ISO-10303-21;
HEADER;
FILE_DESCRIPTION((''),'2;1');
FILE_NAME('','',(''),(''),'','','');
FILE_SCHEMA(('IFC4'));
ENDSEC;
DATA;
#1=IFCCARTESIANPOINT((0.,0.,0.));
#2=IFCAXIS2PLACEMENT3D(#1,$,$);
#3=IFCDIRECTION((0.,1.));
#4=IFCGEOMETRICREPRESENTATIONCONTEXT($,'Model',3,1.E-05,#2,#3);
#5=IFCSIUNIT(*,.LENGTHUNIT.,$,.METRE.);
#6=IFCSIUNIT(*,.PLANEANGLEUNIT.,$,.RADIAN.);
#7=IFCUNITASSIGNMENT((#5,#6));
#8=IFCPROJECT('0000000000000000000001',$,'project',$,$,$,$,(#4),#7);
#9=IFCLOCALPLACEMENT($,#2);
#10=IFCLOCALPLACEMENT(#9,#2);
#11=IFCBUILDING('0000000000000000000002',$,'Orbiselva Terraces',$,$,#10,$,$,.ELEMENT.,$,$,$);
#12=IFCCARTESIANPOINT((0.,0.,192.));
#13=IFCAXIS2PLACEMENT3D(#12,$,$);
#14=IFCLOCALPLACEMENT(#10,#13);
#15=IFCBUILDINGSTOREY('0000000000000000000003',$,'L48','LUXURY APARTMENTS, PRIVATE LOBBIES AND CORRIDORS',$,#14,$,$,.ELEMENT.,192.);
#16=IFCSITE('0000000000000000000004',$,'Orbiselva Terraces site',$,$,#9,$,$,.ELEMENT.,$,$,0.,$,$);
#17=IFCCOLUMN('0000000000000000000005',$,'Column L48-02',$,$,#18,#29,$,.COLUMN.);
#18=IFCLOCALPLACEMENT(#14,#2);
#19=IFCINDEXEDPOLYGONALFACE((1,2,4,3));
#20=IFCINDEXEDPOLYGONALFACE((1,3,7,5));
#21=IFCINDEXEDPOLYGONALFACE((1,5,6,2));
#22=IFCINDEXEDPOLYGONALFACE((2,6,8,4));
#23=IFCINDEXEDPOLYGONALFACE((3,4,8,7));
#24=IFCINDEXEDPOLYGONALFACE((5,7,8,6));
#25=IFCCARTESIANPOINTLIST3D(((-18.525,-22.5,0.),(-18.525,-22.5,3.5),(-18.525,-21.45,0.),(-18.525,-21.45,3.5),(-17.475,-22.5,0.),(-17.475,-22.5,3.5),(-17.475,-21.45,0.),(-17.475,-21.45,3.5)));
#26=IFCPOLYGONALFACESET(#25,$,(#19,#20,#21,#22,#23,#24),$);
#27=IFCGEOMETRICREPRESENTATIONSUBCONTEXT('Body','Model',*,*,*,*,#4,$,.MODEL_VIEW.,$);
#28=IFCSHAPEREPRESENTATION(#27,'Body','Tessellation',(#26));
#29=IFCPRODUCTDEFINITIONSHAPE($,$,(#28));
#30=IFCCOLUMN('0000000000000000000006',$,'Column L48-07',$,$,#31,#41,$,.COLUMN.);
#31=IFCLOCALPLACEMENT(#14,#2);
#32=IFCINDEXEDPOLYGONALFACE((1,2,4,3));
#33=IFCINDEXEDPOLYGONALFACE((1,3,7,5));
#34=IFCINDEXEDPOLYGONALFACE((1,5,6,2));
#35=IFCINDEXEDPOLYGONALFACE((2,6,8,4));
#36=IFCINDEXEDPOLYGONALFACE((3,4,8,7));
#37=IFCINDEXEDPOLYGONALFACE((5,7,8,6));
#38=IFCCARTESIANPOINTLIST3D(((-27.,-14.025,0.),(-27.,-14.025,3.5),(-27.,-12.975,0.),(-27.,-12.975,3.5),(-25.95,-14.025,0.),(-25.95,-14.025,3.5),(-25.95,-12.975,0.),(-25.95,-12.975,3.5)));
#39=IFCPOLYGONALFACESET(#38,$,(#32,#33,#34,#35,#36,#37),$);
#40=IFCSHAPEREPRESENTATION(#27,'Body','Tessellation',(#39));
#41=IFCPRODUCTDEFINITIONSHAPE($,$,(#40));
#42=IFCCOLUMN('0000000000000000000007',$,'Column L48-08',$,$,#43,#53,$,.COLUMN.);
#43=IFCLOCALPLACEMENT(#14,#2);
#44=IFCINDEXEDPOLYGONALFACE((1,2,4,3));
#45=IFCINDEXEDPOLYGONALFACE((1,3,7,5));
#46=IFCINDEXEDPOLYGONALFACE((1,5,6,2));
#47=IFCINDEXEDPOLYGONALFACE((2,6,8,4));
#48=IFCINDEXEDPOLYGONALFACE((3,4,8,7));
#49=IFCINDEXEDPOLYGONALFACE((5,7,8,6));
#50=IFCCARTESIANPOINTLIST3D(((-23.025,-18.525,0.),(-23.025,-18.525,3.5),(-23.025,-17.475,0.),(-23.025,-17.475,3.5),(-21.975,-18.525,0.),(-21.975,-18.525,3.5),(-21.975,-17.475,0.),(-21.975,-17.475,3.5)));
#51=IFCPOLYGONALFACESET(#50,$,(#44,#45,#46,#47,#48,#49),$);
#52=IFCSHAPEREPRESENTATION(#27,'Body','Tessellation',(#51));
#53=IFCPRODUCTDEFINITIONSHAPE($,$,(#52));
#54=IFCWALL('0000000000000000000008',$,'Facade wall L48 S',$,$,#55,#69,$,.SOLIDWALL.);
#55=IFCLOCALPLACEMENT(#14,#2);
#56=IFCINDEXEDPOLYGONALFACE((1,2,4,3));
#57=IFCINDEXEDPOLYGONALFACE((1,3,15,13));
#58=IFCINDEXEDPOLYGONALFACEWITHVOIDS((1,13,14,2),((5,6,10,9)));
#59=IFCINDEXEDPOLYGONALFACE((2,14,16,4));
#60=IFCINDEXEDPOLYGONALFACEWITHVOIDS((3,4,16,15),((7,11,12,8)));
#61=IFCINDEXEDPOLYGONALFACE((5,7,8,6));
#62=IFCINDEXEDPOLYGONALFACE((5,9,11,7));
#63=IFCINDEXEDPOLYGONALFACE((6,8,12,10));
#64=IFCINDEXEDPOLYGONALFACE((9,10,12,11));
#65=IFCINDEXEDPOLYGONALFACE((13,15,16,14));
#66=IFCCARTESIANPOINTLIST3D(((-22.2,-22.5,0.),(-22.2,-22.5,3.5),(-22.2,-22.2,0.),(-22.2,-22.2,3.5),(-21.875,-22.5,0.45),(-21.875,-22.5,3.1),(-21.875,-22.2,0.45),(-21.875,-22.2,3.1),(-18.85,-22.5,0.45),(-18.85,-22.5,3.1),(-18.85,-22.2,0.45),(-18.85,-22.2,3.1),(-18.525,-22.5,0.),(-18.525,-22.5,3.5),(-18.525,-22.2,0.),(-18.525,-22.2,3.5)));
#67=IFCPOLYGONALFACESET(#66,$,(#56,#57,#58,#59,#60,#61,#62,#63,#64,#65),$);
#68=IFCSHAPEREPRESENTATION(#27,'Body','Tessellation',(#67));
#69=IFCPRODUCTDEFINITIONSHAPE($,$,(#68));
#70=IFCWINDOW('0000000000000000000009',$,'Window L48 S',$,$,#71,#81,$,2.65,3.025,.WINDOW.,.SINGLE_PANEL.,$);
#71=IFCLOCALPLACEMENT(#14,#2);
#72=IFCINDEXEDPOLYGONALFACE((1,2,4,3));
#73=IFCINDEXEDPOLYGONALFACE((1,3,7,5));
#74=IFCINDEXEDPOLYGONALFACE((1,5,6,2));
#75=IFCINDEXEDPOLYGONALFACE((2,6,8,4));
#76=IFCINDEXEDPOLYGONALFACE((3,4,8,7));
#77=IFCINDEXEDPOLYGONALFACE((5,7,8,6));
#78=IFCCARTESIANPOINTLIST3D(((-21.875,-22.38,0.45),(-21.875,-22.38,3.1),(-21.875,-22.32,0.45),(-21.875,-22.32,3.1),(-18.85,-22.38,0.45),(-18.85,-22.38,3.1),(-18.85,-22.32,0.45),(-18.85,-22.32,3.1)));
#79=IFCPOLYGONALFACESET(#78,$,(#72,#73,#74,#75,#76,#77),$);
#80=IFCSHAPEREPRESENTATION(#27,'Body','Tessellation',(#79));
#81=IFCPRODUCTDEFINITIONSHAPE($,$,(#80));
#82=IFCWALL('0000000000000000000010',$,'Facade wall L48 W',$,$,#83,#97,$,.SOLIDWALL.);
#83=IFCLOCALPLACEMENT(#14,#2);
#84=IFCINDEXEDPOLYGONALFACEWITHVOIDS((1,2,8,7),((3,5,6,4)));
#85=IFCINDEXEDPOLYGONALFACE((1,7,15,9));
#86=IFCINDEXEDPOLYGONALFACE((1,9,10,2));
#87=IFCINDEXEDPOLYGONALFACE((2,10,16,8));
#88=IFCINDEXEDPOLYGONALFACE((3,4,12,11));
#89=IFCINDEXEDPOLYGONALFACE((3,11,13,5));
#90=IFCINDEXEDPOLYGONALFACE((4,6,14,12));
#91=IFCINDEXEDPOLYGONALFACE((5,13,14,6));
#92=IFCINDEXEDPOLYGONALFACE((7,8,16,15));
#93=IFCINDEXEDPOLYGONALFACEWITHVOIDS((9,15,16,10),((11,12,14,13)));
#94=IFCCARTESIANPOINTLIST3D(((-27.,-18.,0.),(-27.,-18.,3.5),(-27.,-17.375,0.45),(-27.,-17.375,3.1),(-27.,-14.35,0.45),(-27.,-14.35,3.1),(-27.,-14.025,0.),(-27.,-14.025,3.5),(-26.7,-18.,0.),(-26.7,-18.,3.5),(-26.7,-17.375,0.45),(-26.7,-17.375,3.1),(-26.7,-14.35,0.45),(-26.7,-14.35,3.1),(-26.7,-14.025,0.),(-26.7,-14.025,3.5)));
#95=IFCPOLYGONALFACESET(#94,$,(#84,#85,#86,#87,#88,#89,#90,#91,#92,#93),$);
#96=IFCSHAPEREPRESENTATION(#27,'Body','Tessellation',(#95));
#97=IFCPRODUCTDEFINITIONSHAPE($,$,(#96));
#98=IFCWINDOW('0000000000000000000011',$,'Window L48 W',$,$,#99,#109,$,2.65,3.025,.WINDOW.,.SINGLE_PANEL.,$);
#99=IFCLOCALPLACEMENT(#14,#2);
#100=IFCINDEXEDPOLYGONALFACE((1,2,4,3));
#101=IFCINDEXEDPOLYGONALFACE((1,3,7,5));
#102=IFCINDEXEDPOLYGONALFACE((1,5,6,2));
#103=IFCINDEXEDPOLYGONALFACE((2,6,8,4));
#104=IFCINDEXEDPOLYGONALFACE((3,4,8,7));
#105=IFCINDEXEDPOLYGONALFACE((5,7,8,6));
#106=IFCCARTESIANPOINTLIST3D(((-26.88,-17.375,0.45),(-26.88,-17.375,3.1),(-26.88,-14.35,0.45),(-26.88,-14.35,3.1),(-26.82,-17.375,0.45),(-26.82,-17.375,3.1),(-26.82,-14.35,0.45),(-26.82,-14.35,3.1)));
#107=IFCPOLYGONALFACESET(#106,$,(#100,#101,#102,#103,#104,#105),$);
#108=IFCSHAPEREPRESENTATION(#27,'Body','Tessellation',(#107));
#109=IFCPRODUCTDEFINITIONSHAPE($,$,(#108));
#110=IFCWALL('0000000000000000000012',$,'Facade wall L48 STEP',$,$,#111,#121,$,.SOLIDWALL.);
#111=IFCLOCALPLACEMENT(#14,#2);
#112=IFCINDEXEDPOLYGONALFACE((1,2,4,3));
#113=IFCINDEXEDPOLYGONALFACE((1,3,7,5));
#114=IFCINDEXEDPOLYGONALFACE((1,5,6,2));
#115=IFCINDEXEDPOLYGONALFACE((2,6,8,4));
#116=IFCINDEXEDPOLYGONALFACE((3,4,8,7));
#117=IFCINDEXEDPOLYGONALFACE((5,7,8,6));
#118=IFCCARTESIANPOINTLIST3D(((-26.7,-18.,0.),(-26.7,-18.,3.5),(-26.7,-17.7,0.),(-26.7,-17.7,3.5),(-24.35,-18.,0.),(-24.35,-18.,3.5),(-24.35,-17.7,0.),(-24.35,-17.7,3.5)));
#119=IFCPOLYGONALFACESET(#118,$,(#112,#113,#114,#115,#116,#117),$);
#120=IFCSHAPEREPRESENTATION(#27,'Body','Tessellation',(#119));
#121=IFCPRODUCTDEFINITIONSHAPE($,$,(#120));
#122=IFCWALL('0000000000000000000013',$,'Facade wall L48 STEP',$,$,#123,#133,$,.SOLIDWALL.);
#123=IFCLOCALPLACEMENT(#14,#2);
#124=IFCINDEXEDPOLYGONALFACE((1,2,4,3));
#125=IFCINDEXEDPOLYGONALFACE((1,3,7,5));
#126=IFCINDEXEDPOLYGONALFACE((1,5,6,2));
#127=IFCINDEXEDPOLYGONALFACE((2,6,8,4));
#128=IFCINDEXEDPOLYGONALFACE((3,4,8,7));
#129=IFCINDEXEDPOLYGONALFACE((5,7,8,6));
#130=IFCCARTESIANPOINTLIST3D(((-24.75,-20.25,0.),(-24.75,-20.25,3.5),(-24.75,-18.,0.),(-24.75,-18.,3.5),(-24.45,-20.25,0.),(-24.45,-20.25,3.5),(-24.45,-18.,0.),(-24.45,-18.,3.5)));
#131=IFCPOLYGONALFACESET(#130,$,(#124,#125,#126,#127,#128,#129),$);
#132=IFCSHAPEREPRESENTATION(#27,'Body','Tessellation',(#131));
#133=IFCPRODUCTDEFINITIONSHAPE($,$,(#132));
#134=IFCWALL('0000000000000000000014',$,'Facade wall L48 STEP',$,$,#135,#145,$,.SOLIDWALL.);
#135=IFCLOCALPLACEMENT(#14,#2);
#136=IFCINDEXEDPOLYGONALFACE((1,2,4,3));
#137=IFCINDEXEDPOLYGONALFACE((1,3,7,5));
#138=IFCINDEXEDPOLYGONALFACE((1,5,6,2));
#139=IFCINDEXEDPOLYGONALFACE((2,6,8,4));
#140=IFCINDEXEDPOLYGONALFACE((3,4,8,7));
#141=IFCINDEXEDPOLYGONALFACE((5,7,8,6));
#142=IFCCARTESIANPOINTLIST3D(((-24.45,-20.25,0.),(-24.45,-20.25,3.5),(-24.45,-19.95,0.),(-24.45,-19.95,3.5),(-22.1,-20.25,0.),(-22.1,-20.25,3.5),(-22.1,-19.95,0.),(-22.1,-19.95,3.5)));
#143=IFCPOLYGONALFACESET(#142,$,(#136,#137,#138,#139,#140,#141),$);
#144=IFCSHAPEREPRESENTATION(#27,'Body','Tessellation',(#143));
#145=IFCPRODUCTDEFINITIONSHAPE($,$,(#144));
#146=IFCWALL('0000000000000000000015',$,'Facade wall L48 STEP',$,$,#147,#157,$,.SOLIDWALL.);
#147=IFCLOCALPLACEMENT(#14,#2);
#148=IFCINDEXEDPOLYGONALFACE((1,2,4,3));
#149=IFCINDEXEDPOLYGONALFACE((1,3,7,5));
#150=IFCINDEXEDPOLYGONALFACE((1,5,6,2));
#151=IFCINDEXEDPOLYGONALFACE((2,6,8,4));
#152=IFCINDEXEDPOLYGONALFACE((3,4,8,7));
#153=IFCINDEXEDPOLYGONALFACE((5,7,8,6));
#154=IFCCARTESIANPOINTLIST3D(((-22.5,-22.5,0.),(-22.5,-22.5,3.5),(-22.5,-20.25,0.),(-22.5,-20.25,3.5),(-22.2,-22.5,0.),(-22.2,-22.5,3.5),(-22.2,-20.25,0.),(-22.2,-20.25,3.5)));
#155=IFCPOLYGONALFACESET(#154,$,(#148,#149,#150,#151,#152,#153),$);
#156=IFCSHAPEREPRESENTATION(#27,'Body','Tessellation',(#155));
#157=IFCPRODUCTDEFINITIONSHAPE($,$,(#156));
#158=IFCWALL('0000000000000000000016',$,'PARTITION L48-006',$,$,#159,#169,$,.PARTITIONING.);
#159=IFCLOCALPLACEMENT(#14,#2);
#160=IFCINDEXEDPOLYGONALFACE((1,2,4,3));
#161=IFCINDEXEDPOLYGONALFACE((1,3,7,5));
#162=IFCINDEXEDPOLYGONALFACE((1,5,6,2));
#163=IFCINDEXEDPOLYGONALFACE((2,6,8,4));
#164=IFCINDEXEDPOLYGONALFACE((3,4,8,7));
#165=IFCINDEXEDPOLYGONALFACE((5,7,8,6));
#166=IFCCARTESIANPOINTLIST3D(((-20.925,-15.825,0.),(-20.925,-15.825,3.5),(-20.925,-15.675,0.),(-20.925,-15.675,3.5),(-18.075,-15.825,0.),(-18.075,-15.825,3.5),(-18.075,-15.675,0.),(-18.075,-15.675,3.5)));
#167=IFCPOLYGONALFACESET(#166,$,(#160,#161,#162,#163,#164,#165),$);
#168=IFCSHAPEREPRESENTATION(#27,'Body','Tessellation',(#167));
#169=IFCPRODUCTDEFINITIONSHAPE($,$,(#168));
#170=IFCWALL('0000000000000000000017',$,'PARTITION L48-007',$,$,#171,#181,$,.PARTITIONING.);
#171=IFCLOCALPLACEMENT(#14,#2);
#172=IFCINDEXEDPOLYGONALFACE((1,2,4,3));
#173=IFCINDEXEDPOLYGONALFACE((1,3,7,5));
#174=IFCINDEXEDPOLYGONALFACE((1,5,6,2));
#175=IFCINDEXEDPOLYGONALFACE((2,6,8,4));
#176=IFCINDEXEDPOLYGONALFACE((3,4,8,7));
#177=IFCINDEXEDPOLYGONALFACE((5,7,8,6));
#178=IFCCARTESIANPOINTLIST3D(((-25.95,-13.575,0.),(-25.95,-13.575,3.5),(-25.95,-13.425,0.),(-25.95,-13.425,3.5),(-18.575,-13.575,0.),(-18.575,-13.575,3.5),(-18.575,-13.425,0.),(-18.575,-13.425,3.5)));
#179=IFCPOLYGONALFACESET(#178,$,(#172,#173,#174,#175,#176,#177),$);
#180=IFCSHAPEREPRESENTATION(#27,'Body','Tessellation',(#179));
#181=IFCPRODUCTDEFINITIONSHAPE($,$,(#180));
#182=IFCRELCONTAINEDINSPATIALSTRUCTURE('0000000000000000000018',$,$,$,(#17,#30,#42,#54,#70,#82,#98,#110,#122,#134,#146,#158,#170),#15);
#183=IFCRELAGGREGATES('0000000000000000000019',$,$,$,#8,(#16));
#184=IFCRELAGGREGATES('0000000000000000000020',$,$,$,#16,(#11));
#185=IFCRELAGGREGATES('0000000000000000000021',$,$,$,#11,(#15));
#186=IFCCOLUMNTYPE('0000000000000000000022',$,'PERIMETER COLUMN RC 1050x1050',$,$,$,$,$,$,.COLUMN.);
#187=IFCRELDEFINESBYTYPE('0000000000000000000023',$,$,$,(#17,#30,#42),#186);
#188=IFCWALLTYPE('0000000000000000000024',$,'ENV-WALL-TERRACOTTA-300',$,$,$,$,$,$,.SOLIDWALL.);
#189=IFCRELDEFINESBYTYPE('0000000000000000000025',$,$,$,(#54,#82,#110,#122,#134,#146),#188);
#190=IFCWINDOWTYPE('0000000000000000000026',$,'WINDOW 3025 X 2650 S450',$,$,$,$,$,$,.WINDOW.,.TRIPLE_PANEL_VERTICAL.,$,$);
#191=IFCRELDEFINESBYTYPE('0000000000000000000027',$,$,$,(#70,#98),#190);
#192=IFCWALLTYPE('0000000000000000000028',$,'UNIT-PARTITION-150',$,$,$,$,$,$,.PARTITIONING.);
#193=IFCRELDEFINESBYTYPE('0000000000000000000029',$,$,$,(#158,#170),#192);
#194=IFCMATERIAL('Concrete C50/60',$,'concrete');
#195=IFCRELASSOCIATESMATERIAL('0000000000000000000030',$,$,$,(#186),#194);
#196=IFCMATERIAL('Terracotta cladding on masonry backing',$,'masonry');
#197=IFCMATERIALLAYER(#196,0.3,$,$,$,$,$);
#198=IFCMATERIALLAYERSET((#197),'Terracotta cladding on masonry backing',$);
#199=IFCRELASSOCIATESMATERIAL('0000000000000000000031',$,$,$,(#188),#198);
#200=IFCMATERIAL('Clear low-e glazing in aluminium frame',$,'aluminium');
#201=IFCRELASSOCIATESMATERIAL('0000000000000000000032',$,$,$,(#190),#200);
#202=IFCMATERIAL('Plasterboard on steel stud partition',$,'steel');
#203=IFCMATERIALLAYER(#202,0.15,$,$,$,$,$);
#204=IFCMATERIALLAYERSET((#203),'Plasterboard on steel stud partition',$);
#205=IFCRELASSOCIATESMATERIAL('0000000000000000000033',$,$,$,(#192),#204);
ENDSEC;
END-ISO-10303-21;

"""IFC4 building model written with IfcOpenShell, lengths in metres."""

from ifc_helpers import new_model, si_unit, direction, frame, frame_2d, origin, origin_2d, place, context, subcontext, project, spatial, rectangle, extrude, material, layer, layer_set, material_profile, profile_set, type_object, element, fill, save


model = new_model("IFC4")

# Units and contexts
model_context = context("Model", 3, precision=1e-05, world=origin(), true_north=direction((0.0, 1.0)))
body_context = subcontext(model_context, "Body", "Model", "MODEL_VIEW")
ifc_project = project(units=[si_unit("LENGTHUNIT", "METRE"), si_unit("PLANEANGLEUNIT", "RADIAN")], contexts=[model_context])

# Site, building, storey
site_placement = place(None, origin())
site = spatial("IfcSite", under=ifc_project, at=site_placement, Name="Orbiselva Terraces site", CompositionType="ELEMENT", RefElevation=0.0)
building_placement = place(site_placement, origin())
building = spatial("IfcBuilding", under=site, at=building_placement, Name="Orbiselva Terraces", CompositionType="ELEMENT")
storey_placement = place(building_placement, frame((0.0, 0.0, 192.0)))
storey = spatial("IfcBuildingStorey", under=building, at=storey_placement, Name="L48", Description="LUXURY APARTMENTS, PRIVATE LOBBIES AND CORRIDORS", CompositionType="ELEMENT", Elevation=192.0)

# Columns
ifc_material_1 = material(Name="Concrete C50/60", Category="concrete")
ifc_material_profile = material_profile(ifc_material_1, rectangle(XDim=1.05, YDim=1.05, at=origin_2d()), Name="RC 1050x1050")
ifc_profile_set = profile_set([ifc_material_profile], Name="Concrete C50/60")
column_type = type_object("IfcColumnType", Name="PERIMETER COLUMN RC 1050x1050", PredefinedType="COLUMN", material=ifc_profile_set)
for number, where, z_axis, x_axis, name in (
    (1, (-18.0, -21.975, 0.0), (0.0, 0.0, 1.0), (1.0, 0.0, 0.0), "Column L48-02"),
    (2, (-26.475, -13.5, 0.0), (0.0, 0.0, 1.0), (1.0, 0.0, 0.0), "Column L48-07"),
    (3, (-22.5, -18.0, 0.0), (0.0, 0.0, 1.0), (1.0, 0.0, 0.0), "Column L48-08"),
):
    element("IfcColumn", number, at=place(storey_placement, frame(where, z_axis=z_axis, x_axis=x_axis)), inside=storey, type_object=column_type, Name=name, PredefinedType="COLUMN", context=body_context, shape_type="SweptSolid", body=[
        extrude(rectangle(XDim=1.05, YDim=1.05, at=origin_2d()), origin(), (0.0, 0.0, 1.0), 3.5),
    ])

# Walls, openings, windows
ifc_material_2 = material(Name="Terracotta cladding on masonry backing", Category="masonry")
ifc_layer_1 = layer(ifc_material_2, 0.3)
ifc_layer_set_1 = layer_set([ifc_layer_1], Name="Terracotta cladding on masonry backing")
wall_type_1 = type_object("IfcWallType", Name="ENV-WALL-TERRACOTTA-300", PredefinedType="SOLIDWALL", material=ifc_layer_set_1)
wall_1_placement = place(storey_placement, frame((-18.525, -22.35, 0.0), z_axis=(0.0, 0.0, 1.0), x_axis=(-1.0, 0.0, 0.0)))
wall_1 = element("IfcWall", 4, at=wall_1_placement, inside=storey, type_object=wall_type_1, Name="Facade wall L48 S", PredefinedType="SOLIDWALL", context=body_context, shape_type="SweptSolid", body=[
    extrude(rectangle(XDim=3.675, YDim=0.3, at=frame_2d((1.8375, 0.0))), origin(), (0.0, 0.0, 1.0), 3.5),
])
opening_1_placement = place(wall_1_placement, frame((0.325, 0.0, 0.45)))
opening_1 = element("IfcOpeningElement", 5, at=opening_1_placement, cuts=wall_1, PredefinedType="OPENING", context=body_context, shape_type="SweptSolid", body=[
    extrude(rectangle(XDim=3.025, YDim=2.65, at=frame_2d((1.5125, 1.325))), frame((0.0, 0.16, 0.0), z_axis=(0.0, -1.0, 0.0), x_axis=(1.0, 0.0, 0.0)), (0.0, 0.0, 1.0), 0.32),
])
ifc_material_3 = material(Name="Clear low-e glazing in aluminium frame", Category="aluminium")
window_type = type_object("IfcWindowType", Name="WINDOW 3025 X 2650 S450", PartitioningType="TRIPLE_PANEL_VERTICAL", PredefinedType="WINDOW", material=ifc_material_3)
window_1_placement = place(opening_1_placement, origin())
window_1 = element("IfcWindow", 6, at=window_1_placement, inside=storey, type_object=window_type, Name="Window L48 S", OverallHeight=2.65, OverallWidth=3.025, PartitioningType="SINGLE_PANEL", PredefinedType="WINDOW", context=body_context, shape_type="SweptSolid", body=[
    extrude(rectangle(XDim=3.025, YDim=2.65, at=frame_2d((1.5125, 1.325))), frame((0.0, 0.03, 0.0), z_axis=(0.0, -1.0, 0.0), x_axis=(1.0, 0.0, 0.0)), (0.0, 0.0, 1.0), 0.06),
])
fill(opening_1, window_1)
wall_2_placement = place(storey_placement, frame((-26.85, -18.0, 0.0), z_axis=(0.0, 0.0, 1.0), x_axis=(0.0, 1.0, 0.0)))
wall_2 = element("IfcWall", 7, at=wall_2_placement, inside=storey, type_object=wall_type_1, Name="Facade wall L48 W", PredefinedType="SOLIDWALL", context=body_context, shape_type="SweptSolid", body=[
    extrude(rectangle(XDim=3.975, YDim=0.3, at=frame_2d((1.9875, 0.0))), origin(), (0.0, 0.0, 1.0), 3.5),
])
opening_2_placement = place(wall_2_placement, frame((0.625, 0.0, 0.45)))
opening_2 = element("IfcOpeningElement", 8, at=opening_2_placement, cuts=wall_2, PredefinedType="OPENING", context=body_context, shape_type="SweptSolid", body=[
    extrude(rectangle(XDim=3.025, YDim=2.65, at=frame_2d((1.5125, 1.325))), frame((0.0, 0.16, 0.0), z_axis=(0.0, -1.0, 0.0), x_axis=(1.0, 0.0, 0.0)), (0.0, 0.0, 1.0), 0.32),
])
window_2_placement = place(opening_2_placement, origin())
window_2 = element("IfcWindow", 9, at=window_2_placement, inside=storey, type_object=window_type, Name="Window L48 W", OverallHeight=2.65, OverallWidth=3.025, PartitioningType="SINGLE_PANEL", PredefinedType="WINDOW", context=body_context, shape_type="SweptSolid", body=[
    extrude(rectangle(XDim=3.025, YDim=2.65, at=frame_2d((1.5125, 1.325))), frame((0.0, 0.03, 0.0), z_axis=(0.0, -1.0, 0.0), x_axis=(1.0, 0.0, 0.0)), (0.0, 0.0, 1.0), 0.06),
])
fill(opening_2, window_2)

# Walls
wall_3_placement = place(storey_placement, frame((-24.35, -17.85, 0.0), z_axis=(0.0, 0.0, 1.0), x_axis=(-1.0, 0.0, 0.0)))
element("IfcWall", 10, at=wall_3_placement, inside=storey, type_object=wall_type_1, Name="Facade wall L48 STEP", PredefinedType="SOLIDWALL", context=body_context, shape_type="SweptSolid", body=[
    extrude(rectangle(XDim=2.35, YDim=0.3, at=frame_2d((1.175, 0.0))), origin(), (0.0, 0.0, 1.0), 3.5),
])
wall_4_placement = place(storey_placement, frame((-24.6, -20.25, 0.0), z_axis=(0.0, 0.0, 1.0), x_axis=(0.0, 1.0, 0.0)))
element("IfcWall", 11, at=wall_4_placement, inside=storey, type_object=wall_type_1, Name="Facade wall L48 STEP", PredefinedType="SOLIDWALL", context=body_context, shape_type="SweptSolid", body=[
    extrude(rectangle(XDim=2.25, YDim=0.3, at=frame_2d((1.125, 0.0))), origin(), (0.0, 0.0, 1.0), 3.5),
])
wall_5_placement = place(storey_placement, frame((-22.1, -20.1, 0.0), z_axis=(0.0, 0.0, 1.0), x_axis=(-1.0, 0.0, 0.0)))
element("IfcWall", 12, at=wall_5_placement, inside=storey, type_object=wall_type_1, Name="Facade wall L48 STEP", PredefinedType="SOLIDWALL", context=body_context, shape_type="SweptSolid", body=[
    extrude(rectangle(XDim=2.35, YDim=0.3, at=frame_2d((1.175, 0.0))), origin(), (0.0, 0.0, 1.0), 3.5),
])
wall_6_placement = place(storey_placement, frame((-22.35, -22.5, 0.0), z_axis=(0.0, 0.0, 1.0), x_axis=(0.0, 1.0, 0.0)))
element("IfcWall", 13, at=wall_6_placement, inside=storey, type_object=wall_type_1, Name="Facade wall L48 STEP", PredefinedType="SOLIDWALL", context=body_context, shape_type="SweptSolid", body=[
    extrude(rectangle(XDim=2.25, YDim=0.3, at=frame_2d((1.125, 0.0))), origin(), (0.0, 0.0, 1.0), 3.5),
])
ifc_material_4 = material(Name="Plasterboard on steel stud partition", Category="steel")
ifc_layer_2 = layer(ifc_material_4, 0.15)
ifc_layer_set_2 = layer_set([ifc_layer_2], Name="Plasterboard on steel stud partition")
wall_type_2 = type_object("IfcWallType", Name="UNIT-PARTITION-150", PredefinedType="PARTITIONING", material=ifc_layer_set_2)
wall_7_placement = place(storey_placement, frame((-20.925, -15.75, 0.0), z_axis=(0.0, 0.0, 1.0), x_axis=(1.0, 0.0, 0.0)))
element("IfcWall", 14, at=wall_7_placement, inside=storey, type_object=wall_type_2, Name="PARTITION L48-006", PredefinedType="PARTITIONING", context=body_context, shape_type="SweptSolid", body=[
    extrude(rectangle(XDim=2.85, YDim=0.15, at=frame_2d((1.425, 0.0))), origin(), (0.0, 0.0, 1.0), 3.5),
])
wall_8_placement = place(storey_placement, frame((-25.95, -13.5, 0.0), z_axis=(0.0, 0.0, 1.0), x_axis=(1.0, 0.0, 0.0)))
element("IfcWall", 15, at=wall_8_placement, inside=storey, type_object=wall_type_2, Name="PARTITION L48-007", PredefinedType="PARTITIONING", context=body_context, shape_type="SweptSolid", body=[
    extrude(rectangle(XDim=7.375, YDim=0.15, at=frame_2d((3.6875, 0.0))), origin(), (0.0, 0.0, 1.0), 3.5),
])

save(model, "model.ifc")
